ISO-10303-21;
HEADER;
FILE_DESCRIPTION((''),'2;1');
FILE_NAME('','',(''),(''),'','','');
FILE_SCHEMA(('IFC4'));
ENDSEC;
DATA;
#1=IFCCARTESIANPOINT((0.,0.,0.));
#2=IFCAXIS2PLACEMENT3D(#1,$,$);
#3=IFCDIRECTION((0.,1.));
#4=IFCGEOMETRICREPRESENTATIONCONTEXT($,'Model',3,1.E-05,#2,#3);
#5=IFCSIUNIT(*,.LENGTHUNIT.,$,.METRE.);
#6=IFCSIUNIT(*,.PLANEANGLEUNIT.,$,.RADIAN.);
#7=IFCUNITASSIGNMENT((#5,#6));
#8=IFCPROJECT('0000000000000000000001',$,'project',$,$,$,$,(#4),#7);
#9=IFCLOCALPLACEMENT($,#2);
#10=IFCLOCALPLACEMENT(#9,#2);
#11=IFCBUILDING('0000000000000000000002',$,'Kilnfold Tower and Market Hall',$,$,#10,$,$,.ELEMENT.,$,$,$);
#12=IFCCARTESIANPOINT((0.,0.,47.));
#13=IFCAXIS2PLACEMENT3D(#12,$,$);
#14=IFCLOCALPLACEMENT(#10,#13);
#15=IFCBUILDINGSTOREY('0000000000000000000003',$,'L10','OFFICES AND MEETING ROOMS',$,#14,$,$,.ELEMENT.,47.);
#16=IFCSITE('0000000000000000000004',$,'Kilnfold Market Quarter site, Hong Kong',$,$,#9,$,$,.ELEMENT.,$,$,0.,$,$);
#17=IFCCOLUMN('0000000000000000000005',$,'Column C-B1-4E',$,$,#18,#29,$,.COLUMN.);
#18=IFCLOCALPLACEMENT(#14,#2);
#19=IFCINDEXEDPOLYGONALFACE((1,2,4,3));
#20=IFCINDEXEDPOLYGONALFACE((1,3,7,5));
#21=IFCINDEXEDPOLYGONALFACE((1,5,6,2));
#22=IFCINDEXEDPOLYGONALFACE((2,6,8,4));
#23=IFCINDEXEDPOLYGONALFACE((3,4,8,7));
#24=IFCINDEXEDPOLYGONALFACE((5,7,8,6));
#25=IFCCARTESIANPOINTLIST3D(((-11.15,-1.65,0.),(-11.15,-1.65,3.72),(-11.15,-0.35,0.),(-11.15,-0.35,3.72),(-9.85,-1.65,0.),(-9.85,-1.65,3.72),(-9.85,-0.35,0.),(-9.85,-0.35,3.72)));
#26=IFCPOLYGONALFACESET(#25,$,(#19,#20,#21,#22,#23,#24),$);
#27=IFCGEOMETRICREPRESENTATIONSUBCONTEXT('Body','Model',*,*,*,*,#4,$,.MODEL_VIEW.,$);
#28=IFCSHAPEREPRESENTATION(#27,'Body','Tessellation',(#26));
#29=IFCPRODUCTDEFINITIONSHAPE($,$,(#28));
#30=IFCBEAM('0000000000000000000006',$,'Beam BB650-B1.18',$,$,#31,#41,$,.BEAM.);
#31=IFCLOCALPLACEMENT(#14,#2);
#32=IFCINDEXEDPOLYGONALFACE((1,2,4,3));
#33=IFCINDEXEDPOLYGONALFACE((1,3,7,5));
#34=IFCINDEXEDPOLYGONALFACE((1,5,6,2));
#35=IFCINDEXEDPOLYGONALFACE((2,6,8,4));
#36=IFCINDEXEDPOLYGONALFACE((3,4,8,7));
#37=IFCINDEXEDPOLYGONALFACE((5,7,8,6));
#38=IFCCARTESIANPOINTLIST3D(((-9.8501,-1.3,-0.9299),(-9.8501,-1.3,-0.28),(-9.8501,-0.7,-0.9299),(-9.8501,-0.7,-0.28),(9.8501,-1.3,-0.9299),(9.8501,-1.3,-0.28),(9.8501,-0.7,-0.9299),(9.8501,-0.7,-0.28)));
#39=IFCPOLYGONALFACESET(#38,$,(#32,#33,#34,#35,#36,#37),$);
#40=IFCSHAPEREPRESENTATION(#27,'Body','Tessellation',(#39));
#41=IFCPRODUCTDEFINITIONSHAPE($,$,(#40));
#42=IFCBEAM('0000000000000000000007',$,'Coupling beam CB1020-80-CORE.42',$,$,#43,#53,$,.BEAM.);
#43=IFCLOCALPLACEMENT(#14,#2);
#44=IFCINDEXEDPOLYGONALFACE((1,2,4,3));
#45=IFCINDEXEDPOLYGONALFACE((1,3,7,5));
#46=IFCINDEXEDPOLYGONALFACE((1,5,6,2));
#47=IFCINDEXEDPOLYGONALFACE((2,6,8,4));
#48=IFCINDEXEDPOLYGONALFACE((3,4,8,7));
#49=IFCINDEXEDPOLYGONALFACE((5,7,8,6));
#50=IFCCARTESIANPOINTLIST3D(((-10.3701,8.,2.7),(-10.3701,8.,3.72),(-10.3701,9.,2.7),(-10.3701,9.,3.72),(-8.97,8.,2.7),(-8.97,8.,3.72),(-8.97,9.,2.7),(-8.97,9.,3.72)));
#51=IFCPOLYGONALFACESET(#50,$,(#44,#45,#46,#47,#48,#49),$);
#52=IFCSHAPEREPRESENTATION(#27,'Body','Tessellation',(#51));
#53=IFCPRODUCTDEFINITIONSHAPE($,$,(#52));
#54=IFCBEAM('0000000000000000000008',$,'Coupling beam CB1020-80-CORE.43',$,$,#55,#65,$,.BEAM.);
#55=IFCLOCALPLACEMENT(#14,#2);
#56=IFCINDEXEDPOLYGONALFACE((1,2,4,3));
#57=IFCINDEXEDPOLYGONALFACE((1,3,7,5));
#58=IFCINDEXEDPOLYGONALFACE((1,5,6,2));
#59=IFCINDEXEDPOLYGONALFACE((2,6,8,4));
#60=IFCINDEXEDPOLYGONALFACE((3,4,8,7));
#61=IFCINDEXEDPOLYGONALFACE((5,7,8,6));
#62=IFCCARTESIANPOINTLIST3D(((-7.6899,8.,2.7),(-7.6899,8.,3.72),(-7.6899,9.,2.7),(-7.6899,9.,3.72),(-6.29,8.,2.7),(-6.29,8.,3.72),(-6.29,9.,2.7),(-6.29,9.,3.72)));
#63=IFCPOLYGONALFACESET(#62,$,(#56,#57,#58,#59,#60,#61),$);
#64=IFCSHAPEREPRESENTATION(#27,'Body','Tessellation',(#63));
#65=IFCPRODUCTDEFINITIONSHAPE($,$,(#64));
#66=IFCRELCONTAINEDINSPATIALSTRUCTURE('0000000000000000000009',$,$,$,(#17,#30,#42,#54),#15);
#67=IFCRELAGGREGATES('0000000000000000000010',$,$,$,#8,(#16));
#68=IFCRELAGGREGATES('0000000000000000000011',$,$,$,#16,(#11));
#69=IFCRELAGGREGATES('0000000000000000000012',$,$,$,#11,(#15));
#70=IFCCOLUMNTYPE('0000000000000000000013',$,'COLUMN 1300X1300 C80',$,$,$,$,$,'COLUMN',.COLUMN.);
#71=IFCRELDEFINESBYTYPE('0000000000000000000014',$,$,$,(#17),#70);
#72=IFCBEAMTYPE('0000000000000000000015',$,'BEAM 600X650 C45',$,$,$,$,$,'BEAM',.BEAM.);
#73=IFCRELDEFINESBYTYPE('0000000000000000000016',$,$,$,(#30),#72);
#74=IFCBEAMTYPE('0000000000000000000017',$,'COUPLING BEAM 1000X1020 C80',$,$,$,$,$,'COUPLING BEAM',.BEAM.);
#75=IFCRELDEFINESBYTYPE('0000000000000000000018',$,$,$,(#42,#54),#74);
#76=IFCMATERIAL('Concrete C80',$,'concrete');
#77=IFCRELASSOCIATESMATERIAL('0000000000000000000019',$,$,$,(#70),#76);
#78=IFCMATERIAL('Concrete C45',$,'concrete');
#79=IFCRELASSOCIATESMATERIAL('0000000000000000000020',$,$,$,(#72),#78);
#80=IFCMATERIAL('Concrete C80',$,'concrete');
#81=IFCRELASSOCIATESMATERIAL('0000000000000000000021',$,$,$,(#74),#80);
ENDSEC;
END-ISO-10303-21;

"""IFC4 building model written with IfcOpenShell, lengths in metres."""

from ifc_helpers import new_model, si_unit, direction, frame, origin, origin_2d, place, context, subcontext, project, spatial, rectangle, extrude, source, transform, mapped, material, material_profile, profile_set, type_object, element, save


model = new_model("IFC4")

# Units and contexts
model_context = context("Model", 3, precision=1e-05, world=origin(), true_north=direction((0.0, 1.0)))
body_context = subcontext(model_context, "Body", "Model", "MODEL_VIEW")
ifc_project = project(units=[si_unit("LENGTHUNIT", "METRE"), si_unit("PLANEANGLEUNIT", "RADIAN")], contexts=[model_context])

# Site, building, storey
site_placement = place(None, origin())
site = spatial("IfcSite", under=ifc_project, at=site_placement, Name="Kilnfold Market Quarter site, Hong Kong", CompositionType="ELEMENT", RefElevation=0.0)
building_placement = place(site_placement, origin())
building = spatial("IfcBuilding", under=site, at=building_placement, Name="Kilnfold Tower and Market Hall", CompositionType="ELEMENT")
storey_placement = place(building_placement, frame((0.0, 0.0, 47.0)))
storey = spatial("IfcBuildingStorey", under=building, at=storey_placement, Name="L10", Description="OFFICES AND MEETING ROOMS", CompositionType="ELEMENT", Elevation=47.0)

# Column
ifc_material_1 = material(Name="Concrete C80", Category="concrete")
ifc_material_profile_1 = material_profile(ifc_material_1, rectangle(XDim=1.3, YDim=1.3, at=origin_2d()), Name="RC 1300x1300")
ifc_profile_set_1 = profile_set([ifc_material_profile_1], Name="Concrete C80")
column_type = type_object("IfcColumnType", Name="COLUMN 1300X1300 C80", ElementType="COLUMN", PredefinedType="COLUMN", material=ifc_profile_set_1)
shared_shape_1 = source(origin(), body_context, "Body", "SweptSolid", [
    extrude(rectangle(XDim=1.3, YDim=1.3, at=origin_2d()), origin(), (0.0, 0.0, 1.0), 3.72),
])
column_placement = place(storey_placement, frame((-10.5, -1.0, 0.0), z_axis=(0.0, 0.0, 1.0), x_axis=(1.0, 0.0, 0.0)))
element("IfcColumn", 1, at=column_placement, inside=storey, type_object=column_type, Name="Column C-B1-4E", PredefinedType="COLUMN", context=body_context, shape_type="MappedRepresentation", body=[
    mapped(shared_shape_1, transform((0.0, 0.0, 0.0))),
])

# Beams
ifc_material_2 = material(Name="Concrete C45", Category="concrete")
ifc_material_profile_2 = material_profile(ifc_material_2, rectangle(XDim=0.6001, YDim=0.6499, at=origin_2d()), Name="RC 600x650")
ifc_profile_set_2 = profile_set([ifc_material_profile_2], Name="Concrete C45")
beam_type_1 = type_object("IfcBeamType", Name="BEAM 600X650 C45", ElementType="BEAM", PredefinedType="BEAM", material=ifc_profile_set_2)
shared_shape_2 = source(origin(), body_context, "Body", "SweptSolid", [
    extrude(rectangle(XDim=0.6001, YDim=0.6499, at=origin_2d()), origin(), (0.0, 0.0, 1.0), 19.7002),
])
beam_1_placement = place(storey_placement, frame((-9.8501, -1.0, -0.605), z_axis=(1.0, 0.0, 0.0), x_axis=(0.0, 1.0, 0.0)))
element("IfcBeam", 2, at=beam_1_placement, inside=storey, type_object=beam_type_1, Name="Beam BB650-B1.18", PredefinedType="BEAM", context=body_context, shape_type="MappedRepresentation", body=[
    mapped(shared_shape_2, transform((0.0, 0.0, 0.0))),
])
ifc_material_3 = material(Name="Concrete C80", Category="concrete")
ifc_material_profile_3 = material_profile(ifc_material_3, rectangle(XDim=1.0, YDim=1.02, at=origin_2d()), Name="RC 1000x1020")
ifc_profile_set_3 = profile_set([ifc_material_profile_3], Name="Concrete C80")
beam_type_2 = type_object("IfcBeamType", Name="COUPLING BEAM 1000X1020 C80", ElementType="COUPLING BEAM", PredefinedType="BEAM", material=ifc_profile_set_3)
shared_shape_3 = source(origin(), body_context, "Body", "SweptSolid", [
    extrude(rectangle(XDim=1.0, YDim=1.02, at=origin_2d()), origin(), (0.0, 0.0, 1.0), 1.4001),
])
beam_2_placement = place(storey_placement, frame((-10.3701, 8.5, 3.21), z_axis=(1.0, 0.0, 0.0), x_axis=(0.0, 1.0, 0.0)))
element("IfcBeam", 3, at=beam_2_placement, inside=storey, type_object=beam_type_2, Name="Coupling beam CB1020-80-CORE.42", PredefinedType="BEAM", context=body_context, shape_type="MappedRepresentation", body=[
    mapped(shared_shape_3, transform((0.0, 0.0, 0.0))),
])
shared_shape_4 = source(origin(), body_context, "Body", "SweptSolid", [
    extrude(rectangle(XDim=1.0, YDim=1.02, at=origin_2d()), origin(), (0.0, 0.0, 1.0), 1.3999),
])
beam_3_placement = place(storey_placement, frame((-7.6899, 8.5, 3.21), z_axis=(1.0, 0.0, 0.0), x_axis=(0.0, 1.0, 0.0)))
element("IfcBeam", 4, at=beam_3_placement, inside=storey, type_object=beam_type_2, Name="Coupling beam CB1020-80-CORE.43", PredefinedType="BEAM", context=body_context, shape_type="MappedRepresentation", body=[
    mapped(shared_shape_4, transform((0.0, 0.0, 0.0))),
])

save(model, "model.ifc")
